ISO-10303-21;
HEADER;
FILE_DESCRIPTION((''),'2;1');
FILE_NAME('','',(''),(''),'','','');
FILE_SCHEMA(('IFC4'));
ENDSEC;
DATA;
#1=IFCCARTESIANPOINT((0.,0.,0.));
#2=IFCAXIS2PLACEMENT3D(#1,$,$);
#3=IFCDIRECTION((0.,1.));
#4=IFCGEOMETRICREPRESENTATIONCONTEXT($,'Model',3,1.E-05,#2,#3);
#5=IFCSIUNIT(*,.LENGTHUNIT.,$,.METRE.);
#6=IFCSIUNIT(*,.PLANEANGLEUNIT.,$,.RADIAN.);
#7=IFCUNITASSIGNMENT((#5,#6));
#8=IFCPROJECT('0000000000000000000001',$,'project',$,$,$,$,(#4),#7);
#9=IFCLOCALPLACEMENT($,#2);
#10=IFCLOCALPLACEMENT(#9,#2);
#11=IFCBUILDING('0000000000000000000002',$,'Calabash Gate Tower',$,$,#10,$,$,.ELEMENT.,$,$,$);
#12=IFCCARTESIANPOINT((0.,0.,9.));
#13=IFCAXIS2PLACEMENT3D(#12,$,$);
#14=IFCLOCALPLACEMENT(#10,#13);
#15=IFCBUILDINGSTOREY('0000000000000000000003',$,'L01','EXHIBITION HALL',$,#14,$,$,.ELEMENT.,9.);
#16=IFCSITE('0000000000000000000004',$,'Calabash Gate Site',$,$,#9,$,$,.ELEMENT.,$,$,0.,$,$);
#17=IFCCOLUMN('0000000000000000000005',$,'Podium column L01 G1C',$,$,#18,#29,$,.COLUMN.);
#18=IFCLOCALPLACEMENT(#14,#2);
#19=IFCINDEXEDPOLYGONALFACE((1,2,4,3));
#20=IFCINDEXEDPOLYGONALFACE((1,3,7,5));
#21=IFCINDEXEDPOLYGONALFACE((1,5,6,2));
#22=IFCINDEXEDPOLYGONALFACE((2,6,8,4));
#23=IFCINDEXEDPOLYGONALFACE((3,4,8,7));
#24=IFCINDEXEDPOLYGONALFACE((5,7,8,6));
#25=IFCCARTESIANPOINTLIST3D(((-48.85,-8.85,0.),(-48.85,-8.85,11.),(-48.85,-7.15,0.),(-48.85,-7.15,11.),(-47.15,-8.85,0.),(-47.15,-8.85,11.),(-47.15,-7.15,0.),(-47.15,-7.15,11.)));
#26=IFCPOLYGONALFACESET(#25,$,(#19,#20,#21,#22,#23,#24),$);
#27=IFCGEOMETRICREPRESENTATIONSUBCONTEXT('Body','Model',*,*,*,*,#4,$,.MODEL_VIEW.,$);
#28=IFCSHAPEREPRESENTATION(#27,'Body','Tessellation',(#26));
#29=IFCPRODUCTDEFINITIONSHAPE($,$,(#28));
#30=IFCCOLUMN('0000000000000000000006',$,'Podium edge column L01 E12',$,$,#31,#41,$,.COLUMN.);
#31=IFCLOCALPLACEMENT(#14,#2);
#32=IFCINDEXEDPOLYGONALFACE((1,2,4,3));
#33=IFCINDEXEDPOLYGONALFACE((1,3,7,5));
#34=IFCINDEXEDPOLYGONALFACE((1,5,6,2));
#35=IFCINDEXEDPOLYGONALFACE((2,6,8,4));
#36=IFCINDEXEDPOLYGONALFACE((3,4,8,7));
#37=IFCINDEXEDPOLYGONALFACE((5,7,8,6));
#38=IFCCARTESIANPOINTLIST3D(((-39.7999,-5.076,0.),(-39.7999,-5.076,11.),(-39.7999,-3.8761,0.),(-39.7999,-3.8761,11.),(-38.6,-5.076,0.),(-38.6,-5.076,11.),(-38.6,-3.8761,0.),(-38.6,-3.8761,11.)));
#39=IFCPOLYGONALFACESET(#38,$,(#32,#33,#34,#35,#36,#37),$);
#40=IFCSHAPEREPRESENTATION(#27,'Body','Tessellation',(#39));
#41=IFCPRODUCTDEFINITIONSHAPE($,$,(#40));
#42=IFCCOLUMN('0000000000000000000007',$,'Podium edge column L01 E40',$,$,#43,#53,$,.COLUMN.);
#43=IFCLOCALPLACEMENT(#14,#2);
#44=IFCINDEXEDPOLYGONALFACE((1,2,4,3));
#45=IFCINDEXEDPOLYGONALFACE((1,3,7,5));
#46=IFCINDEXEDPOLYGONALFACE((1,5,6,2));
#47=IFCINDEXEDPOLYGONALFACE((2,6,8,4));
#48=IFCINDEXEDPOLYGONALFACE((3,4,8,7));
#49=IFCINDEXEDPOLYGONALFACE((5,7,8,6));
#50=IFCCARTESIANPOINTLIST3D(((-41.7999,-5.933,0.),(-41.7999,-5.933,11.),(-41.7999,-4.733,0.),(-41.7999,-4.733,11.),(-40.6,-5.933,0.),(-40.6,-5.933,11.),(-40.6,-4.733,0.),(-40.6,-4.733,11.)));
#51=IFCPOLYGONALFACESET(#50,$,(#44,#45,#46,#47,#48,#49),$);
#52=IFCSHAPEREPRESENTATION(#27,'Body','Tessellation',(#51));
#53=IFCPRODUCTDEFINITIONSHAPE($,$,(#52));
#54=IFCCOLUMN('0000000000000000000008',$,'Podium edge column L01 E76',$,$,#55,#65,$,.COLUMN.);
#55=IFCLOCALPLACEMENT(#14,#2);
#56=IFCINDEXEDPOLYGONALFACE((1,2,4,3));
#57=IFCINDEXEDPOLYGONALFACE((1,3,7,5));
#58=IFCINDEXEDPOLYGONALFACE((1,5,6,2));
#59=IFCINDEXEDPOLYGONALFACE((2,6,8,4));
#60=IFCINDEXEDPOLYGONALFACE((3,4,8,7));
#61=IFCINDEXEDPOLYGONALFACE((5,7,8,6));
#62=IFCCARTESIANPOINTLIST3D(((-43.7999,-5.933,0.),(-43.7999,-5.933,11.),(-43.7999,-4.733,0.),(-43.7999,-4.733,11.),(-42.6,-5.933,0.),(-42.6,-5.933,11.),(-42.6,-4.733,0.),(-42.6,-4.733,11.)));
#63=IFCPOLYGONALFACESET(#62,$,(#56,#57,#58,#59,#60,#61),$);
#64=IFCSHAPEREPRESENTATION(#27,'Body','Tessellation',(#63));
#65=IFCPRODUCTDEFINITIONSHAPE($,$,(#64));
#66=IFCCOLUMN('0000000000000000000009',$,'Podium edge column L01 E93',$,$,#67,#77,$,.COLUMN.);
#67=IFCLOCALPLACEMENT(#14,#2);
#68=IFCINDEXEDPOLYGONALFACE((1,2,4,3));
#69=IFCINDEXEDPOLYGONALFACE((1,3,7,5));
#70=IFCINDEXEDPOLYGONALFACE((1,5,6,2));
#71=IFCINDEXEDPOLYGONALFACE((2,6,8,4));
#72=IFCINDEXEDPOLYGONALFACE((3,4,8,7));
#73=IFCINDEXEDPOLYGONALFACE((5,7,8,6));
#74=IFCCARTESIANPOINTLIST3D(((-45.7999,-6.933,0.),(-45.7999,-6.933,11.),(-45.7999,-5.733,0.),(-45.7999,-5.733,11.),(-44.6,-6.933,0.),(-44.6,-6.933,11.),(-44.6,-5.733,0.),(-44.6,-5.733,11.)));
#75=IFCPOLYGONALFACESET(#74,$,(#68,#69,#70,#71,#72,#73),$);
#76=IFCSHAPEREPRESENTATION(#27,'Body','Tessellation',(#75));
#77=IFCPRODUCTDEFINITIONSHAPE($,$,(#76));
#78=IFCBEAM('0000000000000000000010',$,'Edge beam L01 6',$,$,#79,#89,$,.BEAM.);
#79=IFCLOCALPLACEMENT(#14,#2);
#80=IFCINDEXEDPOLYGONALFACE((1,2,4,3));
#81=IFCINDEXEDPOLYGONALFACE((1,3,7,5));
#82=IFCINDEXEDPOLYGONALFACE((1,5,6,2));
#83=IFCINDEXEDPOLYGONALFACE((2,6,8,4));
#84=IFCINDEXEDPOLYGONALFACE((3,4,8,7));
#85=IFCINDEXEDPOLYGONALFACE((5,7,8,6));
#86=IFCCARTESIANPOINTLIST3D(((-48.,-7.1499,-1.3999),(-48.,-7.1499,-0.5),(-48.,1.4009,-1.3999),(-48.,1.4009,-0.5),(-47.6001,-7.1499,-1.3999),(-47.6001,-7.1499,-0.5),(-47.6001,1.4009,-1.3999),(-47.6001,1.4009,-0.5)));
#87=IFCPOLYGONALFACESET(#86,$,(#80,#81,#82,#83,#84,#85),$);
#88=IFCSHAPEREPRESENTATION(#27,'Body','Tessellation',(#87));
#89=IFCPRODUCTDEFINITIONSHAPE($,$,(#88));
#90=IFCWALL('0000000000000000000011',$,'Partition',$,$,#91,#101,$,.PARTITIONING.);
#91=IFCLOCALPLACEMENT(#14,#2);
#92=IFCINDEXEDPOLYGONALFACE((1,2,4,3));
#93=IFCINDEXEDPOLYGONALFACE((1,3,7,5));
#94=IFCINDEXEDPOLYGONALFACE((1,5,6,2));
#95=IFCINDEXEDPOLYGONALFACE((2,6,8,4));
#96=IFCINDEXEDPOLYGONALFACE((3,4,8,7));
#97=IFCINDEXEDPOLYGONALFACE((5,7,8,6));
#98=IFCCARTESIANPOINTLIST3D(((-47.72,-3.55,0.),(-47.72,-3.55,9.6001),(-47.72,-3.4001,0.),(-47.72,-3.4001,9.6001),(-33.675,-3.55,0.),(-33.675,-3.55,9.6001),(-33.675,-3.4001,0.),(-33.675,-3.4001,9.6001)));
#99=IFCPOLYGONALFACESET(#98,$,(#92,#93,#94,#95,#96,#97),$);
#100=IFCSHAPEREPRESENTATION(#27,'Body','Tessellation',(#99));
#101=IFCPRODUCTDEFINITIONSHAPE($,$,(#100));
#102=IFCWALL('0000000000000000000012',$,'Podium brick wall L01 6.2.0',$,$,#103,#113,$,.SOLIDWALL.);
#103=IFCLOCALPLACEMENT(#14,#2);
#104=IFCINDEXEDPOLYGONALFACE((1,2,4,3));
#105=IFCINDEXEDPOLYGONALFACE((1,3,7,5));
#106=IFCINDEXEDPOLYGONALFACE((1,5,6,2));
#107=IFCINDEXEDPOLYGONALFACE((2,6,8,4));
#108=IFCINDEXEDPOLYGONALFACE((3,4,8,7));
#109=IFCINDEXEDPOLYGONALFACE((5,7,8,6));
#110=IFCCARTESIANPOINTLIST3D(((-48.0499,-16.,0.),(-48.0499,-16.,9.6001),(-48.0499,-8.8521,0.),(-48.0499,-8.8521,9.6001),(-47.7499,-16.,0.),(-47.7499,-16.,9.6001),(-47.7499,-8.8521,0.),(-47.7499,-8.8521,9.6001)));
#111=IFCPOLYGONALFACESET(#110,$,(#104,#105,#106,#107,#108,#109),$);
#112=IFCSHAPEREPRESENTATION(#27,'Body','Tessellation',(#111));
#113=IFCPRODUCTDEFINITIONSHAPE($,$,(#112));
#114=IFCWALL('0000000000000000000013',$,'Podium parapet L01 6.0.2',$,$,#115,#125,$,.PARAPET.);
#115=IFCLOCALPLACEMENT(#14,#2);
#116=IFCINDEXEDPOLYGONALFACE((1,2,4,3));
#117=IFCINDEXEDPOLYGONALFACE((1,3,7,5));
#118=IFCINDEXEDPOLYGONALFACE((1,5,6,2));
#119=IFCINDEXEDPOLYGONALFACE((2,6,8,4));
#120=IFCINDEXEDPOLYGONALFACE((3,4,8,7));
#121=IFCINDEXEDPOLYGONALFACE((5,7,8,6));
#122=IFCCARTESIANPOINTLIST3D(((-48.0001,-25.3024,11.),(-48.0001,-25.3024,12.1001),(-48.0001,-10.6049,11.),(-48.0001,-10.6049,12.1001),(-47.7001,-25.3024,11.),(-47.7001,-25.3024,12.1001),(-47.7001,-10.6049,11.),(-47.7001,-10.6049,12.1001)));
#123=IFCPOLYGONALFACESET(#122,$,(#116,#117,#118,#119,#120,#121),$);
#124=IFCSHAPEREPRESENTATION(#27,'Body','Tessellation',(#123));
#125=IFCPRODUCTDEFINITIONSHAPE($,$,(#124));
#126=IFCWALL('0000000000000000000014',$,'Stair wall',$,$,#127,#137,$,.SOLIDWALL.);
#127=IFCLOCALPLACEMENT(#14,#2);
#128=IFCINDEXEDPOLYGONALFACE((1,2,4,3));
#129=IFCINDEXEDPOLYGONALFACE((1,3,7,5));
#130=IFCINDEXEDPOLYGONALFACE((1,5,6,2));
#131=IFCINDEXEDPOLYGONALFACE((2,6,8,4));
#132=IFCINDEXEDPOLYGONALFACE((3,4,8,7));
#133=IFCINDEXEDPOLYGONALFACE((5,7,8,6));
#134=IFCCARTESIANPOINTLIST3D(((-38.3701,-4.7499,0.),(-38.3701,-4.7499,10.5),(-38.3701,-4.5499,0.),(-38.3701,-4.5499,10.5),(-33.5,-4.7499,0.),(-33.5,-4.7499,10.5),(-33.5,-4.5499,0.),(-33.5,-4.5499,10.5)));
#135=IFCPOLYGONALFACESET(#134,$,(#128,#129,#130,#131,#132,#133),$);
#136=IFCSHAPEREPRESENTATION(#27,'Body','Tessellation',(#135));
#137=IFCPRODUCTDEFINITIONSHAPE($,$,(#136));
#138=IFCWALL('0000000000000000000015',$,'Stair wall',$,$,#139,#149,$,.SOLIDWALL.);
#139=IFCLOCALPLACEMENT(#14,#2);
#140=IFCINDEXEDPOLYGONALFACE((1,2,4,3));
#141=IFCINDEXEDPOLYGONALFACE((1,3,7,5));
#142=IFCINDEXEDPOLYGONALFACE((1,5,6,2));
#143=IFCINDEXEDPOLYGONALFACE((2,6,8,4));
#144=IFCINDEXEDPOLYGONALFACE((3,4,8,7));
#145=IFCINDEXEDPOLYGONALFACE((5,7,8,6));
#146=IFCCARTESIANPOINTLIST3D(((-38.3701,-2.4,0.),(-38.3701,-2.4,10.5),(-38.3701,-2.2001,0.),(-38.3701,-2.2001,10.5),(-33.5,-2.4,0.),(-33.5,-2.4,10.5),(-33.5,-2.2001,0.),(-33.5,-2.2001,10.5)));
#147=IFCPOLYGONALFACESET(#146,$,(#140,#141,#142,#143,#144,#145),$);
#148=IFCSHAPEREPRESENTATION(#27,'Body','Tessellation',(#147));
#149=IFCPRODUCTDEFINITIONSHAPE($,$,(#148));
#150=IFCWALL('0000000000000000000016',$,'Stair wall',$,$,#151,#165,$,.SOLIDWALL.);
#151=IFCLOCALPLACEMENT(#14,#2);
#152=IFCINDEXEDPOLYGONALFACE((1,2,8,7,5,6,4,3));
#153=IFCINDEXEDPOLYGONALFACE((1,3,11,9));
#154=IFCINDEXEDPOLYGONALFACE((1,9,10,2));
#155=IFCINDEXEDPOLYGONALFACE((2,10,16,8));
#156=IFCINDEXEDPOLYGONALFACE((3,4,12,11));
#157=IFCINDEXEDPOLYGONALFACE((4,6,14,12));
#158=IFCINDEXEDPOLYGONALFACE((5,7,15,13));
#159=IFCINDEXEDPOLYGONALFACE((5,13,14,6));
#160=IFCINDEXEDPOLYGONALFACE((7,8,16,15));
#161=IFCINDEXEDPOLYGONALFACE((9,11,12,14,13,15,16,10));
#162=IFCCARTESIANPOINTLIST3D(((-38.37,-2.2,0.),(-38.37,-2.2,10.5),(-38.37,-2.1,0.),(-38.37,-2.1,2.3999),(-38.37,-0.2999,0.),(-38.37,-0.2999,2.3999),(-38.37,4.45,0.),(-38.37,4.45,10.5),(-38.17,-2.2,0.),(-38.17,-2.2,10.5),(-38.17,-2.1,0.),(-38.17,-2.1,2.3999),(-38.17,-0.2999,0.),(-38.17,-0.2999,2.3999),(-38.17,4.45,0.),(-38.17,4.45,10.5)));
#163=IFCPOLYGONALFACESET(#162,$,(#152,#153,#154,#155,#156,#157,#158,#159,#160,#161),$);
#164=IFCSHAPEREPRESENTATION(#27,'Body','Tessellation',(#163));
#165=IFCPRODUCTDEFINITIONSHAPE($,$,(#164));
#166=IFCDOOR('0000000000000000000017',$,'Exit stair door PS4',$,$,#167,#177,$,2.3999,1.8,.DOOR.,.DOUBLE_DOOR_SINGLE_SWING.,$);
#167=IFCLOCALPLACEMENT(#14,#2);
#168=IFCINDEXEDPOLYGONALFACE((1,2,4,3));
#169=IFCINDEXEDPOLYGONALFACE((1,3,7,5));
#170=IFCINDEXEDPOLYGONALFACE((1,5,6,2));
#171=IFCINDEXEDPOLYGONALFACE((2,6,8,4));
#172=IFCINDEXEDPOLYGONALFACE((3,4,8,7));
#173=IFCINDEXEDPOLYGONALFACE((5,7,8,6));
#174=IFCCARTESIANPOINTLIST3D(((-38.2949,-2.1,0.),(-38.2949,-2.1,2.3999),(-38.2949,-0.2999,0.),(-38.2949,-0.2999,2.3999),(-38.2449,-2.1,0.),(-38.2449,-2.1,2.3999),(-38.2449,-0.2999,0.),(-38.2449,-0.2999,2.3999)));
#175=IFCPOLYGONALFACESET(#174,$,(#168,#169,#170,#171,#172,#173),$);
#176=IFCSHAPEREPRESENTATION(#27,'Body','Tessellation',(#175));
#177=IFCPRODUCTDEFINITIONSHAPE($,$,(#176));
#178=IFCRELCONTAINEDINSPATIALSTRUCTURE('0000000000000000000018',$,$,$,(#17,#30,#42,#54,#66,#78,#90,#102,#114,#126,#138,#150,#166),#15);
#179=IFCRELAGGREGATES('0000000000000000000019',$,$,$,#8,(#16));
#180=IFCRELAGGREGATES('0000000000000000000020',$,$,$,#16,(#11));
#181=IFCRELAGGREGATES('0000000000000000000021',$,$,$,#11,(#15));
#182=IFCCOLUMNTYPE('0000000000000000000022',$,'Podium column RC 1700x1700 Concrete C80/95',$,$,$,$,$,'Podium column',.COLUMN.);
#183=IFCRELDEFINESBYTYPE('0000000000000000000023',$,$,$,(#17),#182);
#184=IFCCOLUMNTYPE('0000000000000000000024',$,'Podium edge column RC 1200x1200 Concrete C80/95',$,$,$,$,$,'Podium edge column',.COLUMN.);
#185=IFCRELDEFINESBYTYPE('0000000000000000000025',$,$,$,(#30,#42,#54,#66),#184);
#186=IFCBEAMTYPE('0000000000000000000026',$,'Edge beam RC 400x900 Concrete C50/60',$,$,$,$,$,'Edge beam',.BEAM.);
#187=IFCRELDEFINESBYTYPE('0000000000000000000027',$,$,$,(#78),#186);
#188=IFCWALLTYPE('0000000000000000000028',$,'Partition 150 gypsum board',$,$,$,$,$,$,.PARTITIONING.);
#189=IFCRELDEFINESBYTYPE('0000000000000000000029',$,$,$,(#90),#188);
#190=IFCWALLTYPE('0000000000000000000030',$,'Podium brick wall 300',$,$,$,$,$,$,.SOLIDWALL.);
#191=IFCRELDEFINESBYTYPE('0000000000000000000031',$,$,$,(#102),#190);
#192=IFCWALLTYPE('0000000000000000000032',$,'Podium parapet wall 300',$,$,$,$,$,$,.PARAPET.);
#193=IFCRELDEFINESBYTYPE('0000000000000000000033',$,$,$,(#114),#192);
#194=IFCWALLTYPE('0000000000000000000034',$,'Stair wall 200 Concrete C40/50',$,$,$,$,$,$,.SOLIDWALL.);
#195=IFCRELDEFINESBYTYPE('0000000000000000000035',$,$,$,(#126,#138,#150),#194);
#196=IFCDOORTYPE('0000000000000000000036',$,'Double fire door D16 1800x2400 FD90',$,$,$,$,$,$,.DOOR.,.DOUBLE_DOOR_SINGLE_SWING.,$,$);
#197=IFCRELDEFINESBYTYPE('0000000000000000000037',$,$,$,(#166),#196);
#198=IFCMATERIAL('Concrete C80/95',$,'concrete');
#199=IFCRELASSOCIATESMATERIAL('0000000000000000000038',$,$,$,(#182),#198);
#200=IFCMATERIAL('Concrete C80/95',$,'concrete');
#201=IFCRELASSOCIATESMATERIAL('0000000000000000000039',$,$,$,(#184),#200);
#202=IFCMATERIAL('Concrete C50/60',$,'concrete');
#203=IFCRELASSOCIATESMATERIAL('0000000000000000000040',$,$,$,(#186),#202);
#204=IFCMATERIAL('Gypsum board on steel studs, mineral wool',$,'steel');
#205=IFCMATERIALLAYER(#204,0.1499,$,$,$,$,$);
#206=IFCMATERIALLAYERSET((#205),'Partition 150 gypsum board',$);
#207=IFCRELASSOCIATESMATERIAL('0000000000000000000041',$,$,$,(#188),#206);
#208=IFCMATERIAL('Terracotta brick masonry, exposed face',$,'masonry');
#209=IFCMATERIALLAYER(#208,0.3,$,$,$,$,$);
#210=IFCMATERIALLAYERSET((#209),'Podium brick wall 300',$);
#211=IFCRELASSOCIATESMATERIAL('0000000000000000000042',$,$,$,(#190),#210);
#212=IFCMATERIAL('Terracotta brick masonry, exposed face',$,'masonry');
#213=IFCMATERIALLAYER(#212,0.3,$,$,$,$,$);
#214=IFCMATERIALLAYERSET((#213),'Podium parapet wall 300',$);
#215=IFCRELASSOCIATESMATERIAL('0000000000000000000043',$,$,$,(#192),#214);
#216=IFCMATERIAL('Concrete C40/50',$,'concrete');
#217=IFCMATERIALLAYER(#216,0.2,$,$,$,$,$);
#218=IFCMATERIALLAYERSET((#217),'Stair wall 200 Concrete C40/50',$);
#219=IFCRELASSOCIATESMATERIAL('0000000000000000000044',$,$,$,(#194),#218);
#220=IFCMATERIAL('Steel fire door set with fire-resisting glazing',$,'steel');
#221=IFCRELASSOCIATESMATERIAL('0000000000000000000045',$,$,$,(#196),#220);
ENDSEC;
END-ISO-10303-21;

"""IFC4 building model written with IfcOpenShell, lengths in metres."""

from ifc_helpers import new_model, si_unit, direction, frame, frame_2d, origin, origin_2d, place, context, subcontext, project, spatial, rectangle, extrude, material, layer, layer_set, material_profile, profile_set, type_object, element, fill, save


model = new_model("IFC4")

# Units and contexts
model_context = context("Model", 3, precision=1e-05, world=origin(), true_north=direction((0.0, 1.0)))
body_context = subcontext(model_context, "Body", "Model", "MODEL_VIEW")
ifc_project = project(units=[si_unit("LENGTHUNIT", "METRE"), si_unit("PLANEANGLEUNIT", "RADIAN")], contexts=[model_context])

# Site, building, storey
site_placement = place(None, origin())
site = spatial("IfcSite", under=ifc_project, at=site_placement, Name="Calabash Gate Site", CompositionType="ELEMENT", RefElevation=0.0)
building_placement = place(site_placement, origin())
building = spatial("IfcBuilding", under=site, at=building_placement, Name="Calabash Gate Tower", CompositionType="ELEMENT")
storey_placement = place(building_placement, frame((0.0, 0.0, 9.0)))
storey = spatial("IfcBuildingStorey", under=building, at=storey_placement, Name="L01", Description="EXHIBITION HALL", CompositionType="ELEMENT", Elevation=9.0)

# Columns
ifc_material_1 = material(Name="Concrete C80/95", Category="concrete")
ifc_material_profile_1 = material_profile(ifc_material_1, rectangle(XDim=1.7, YDim=1.7, at=origin_2d()))
ifc_profile_set_1 = profile_set([ifc_material_profile_1], Name="Concrete C80/95")
column_type_1 = type_object("IfcColumnType", Name="Podium column RC 1700x1700 Concrete C80/95", ElementType="Podium column", PredefinedType="COLUMN", material=ifc_profile_set_1)
column_placement = place(storey_placement, frame((-48.0, -8.0, 0.0), z_axis=(0.0, 0.0, 1.0), x_axis=(1.0, 0.0, 0.0)))
element("IfcColumn", 1, at=column_placement, inside=storey, type_object=column_type_1, Name="Podium column L01 G1C", PredefinedType="COLUMN", context=body_context, shape_type="SweptSolid", body=[
    extrude(rectangle(XDim=1.7, YDim=1.7, at=origin_2d()), origin(), (0.0, 0.0, 1.0), 11.0),
])
ifc_material_2 = material(Name="Concrete C80/95", Category="concrete")
ifc_material_profile_2 = material_profile(ifc_material_2, rectangle(XDim=1.2, YDim=1.2, at=origin_2d()))
ifc_profile_set_2 = profile_set([ifc_material_profile_2], Name="Concrete C80/95")
column_type_2 = type_object("IfcColumnType", Name="Podium edge column RC 1200x1200 Concrete C80/95", ElementType="Podium edge column", PredefinedType="COLUMN", material=ifc_profile_set_2)
for number, where, z_axis, x_axis, name in (
    (2, (-39.2, -4.4761, 0.0), (0.0, 0.0, 1.0), (1.0, 0.0, 0.0), "Podium edge column L01 E12"),
    (3, (-41.2, -5.333, 0.0), (0.0, 0.0, 1.0), (1.0, 0.0, 0.0), "Podium edge column L01 E40"),
    (4, (-43.2, -5.333, 0.0), (0.0, 0.0, 1.0), (1.0, 0.0, 0.0), "Podium edge column L01 E76"),
    (5, (-45.2, -6.333, 0.0), (0.0, 0.0, 1.0), (1.0, 0.0, 0.0), "Podium edge column L01 E93"),
):
    element("IfcColumn", number, at=place(storey_placement, frame(where, z_axis=z_axis, x_axis=x_axis)), inside=storey, type_object=column_type_2, Name=name, PredefinedType="COLUMN", context=body_context, shape_type="SweptSolid", body=[
        extrude(rectangle(XDim=1.2, YDim=1.2, at=origin_2d()), origin(), (0.0, 0.0, 1.0), 11.0),
    ])

# Beam
ifc_material_3 = material(Name="Concrete C50/60", Category="concrete")
ifc_material_profile_3 = material_profile(ifc_material_3, rectangle(XDim=0.3999, YDim=0.8999, at=origin_2d()))
ifc_profile_set_3 = profile_set([ifc_material_profile_3], Name="Concrete C50/60")
beam_type = type_object("IfcBeamType", Name="Edge beam RC 400x900 Concrete C50/60", ElementType="Edge beam", PredefinedType="BEAM", material=ifc_profile_set_3)
beam_placement = place(storey_placement, frame((-47.8, -7.1499, -0.95), z_axis=(0.0, 1.0, 0.0), x_axis=(-1.0, 0.0, 0.0)))
element("IfcBeam", 6, at=beam_placement, inside=storey, type_object=beam_type, Name="Edge beam L01 6", PredefinedType="BEAM", context=body_context, shape_type="SweptSolid", body=[
    extrude(rectangle(XDim=0.3999, YDim=0.8999, at=origin_2d()), origin(), (0.0, 0.0, 1.0), 8.5508),
])

# Walls
ifc_material_4 = material(Name="Gypsum board on steel studs, mineral wool", Category="steel")
ifc_layer_1 = layer(ifc_material_4, 0.1499)
ifc_layer_set_1 = layer_set([ifc_layer_1], Name="Partition 150 gypsum board")
wall_type_1 = type_object("IfcWallType", Name="Partition 150 gypsum board", PredefinedType="PARTITIONING", material=ifc_layer_set_1)
wall_1_placement = place(storey_placement, frame((-47.72, -3.4751, 0.0), z_axis=(0.0, 0.0, 1.0), x_axis=(1.0, 0.0, 0.0)))
element("IfcWall", 7, at=wall_1_placement, inside=storey, type_object=wall_type_1, Name="Partition", PredefinedType="PARTITIONING", context=body_context, shape_type="SweptSolid", body=[
    extrude(rectangle(XDim=14.0449, YDim=0.1499, at=frame_2d((7.0225, 0.0))), origin(), (0.0, 0.0, 1.0), 9.6001),
])
ifc_material_5 = material(Name="Terracotta brick masonry, exposed face", Category="masonry")
ifc_layer_2 = layer(ifc_material_5, 0.3)
ifc_layer_set_2 = layer_set([ifc_layer_2], Name="Podium brick wall 300")
wall_type_2 = type_object("IfcWallType", Name="Podium brick wall 300", PredefinedType="SOLIDWALL", material=ifc_layer_set_2)
wall_2_placement = place(storey_placement, frame((-47.8999, -8.8521, 0.0), z_axis=(0.0, 0.0, 1.0), x_axis=(0.0, -1.0, 0.0)))
element("IfcWall", 8, at=wall_2_placement, inside=storey, type_object=wall_type_2, Name="Podium brick wall L01 6.2.0", PredefinedType="SOLIDWALL", context=body_context, shape_type="SweptSolid", body=[
    extrude(rectangle(XDim=7.1479, YDim=0.3, at=frame_2d((3.574, 0.0))), origin(), (0.0, 0.0, 1.0), 9.6001),
])
ifc_material_6 = material(Name="Terracotta brick masonry, exposed face", Category="masonry")
ifc_layer_3 = layer(ifc_material_6, 0.3)
ifc_layer_set_3 = layer_set([ifc_layer_3], Name="Podium parapet wall 300")
wall_type_3 = type_object("IfcWallType", Name="Podium parapet wall 300", PredefinedType="PARAPET", material=ifc_layer_set_3)
wall_3_placement = place(storey_placement, frame((-47.8501, -10.605, 11.0), z_axis=(0.0, 0.0, 1.0), x_axis=(0.0, -1.0, 0.0)))
element("IfcWall", 9, at=wall_3_placement, inside=storey, type_object=wall_type_3, Name="Podium parapet L01 6.0.2", PredefinedType="PARAPET", context=body_context, shape_type="SweptSolid", body=[
    extrude(rectangle(XDim=14.6975, YDim=0.3, at=frame_2d((7.3486, 0.0))), origin(), (0.0, 0.0, 1.0), 1.1001),
])
ifc_material_7 = material(Name="Concrete C40/50", Category="concrete")
ifc_layer_4 = layer(ifc_material_7, 0.2)
ifc_layer_set_4 = layer_set([ifc_layer_4], Name="Stair wall 200 Concrete C40/50")
wall_type_4 = type_object("IfcWallType", Name="Stair wall 200 Concrete C40/50", PredefinedType="SOLIDWALL", material=ifc_layer_set_4)
for number, where, z_axis, x_axis, name in (
    (10, (-38.3701, -4.6499, 0.0), (0.0, 0.0, 1.0), (1.0, 0.0, 0.0), "Stair wall"),
    (11, (-38.3701, -2.3, 0.0), (0.0, 0.0, 1.0), (1.0, 0.0, 0.0), "Stair wall"),
):
    element("IfcWall", number, at=place(storey_placement, frame(where, z_axis=z_axis, x_axis=x_axis)), inside=storey, type_object=wall_type_4, Name=name, PredefinedType="SOLIDWALL", context=body_context, shape_type="SweptSolid", body=[
        extrude(rectangle(XDim=4.8701, YDim=0.2, at=frame_2d((2.4351, 0.0))), origin(), (0.0, 0.0, 1.0), 10.5),
    ])

# Wall, opening, door
wall_4_placement = place(storey_placement, frame((-38.27, -2.2, 0.0), z_axis=(0.0, 0.0, 1.0), x_axis=(0.0, 1.0, 0.0)))
wall_4 = element("IfcWall", 12, at=wall_4_placement, inside=storey, type_object=wall_type_4, Name="Stair wall", PredefinedType="SOLIDWALL", context=body_context, shape_type="SweptSolid", body=[
    extrude(rectangle(XDim=6.6499, YDim=0.2, at=frame_2d((3.325, 0.0))), origin(), (0.0, 0.0, 1.0), 10.5),
])
opening_placement = place(wall_4_placement, frame((0.1001, 0.0, 0.0)))
opening = element("IfcOpeningElement", 13, at=opening_placement, cuts=wall_4, PredefinedType="OPENING", context=body_context, shape_type="SweptSolid", body=[
    extrude(rectangle(XDim=1.8, YDim=2.3999, at=frame_2d((0.8999, 1.2))), frame((0.0, 0.1099, 0.0), z_axis=(0.0, -1.0, 0.0), x_axis=(1.0, 0.0, 0.0)), (0.0, 0.0, 1.0), 0.22),
])
ifc_material_8 = material(Name="Steel fire door set with fire-resisting glazing", Category="steel")
door_type = type_object("IfcDoorType", Name="Double fire door D16 1800x2400 FD90", OperationType="DOUBLE_DOOR_SINGLE_SWING", PredefinedType="DOOR", material=ifc_material_8)
door_placement = place(opening_placement, origin())
door = element("IfcDoor", 14, at=door_placement, inside=storey, type_object=door_type, Name="Exit stair door PS4", OperationType="DOUBLE_DOOR_SINGLE_SWING", OverallHeight=2.3999, OverallWidth=1.8, PredefinedType="DOOR", context=body_context, shape_type="SweptSolid", body=[
    extrude(rectangle(XDim=1.8, YDim=2.3999, at=frame_2d((0.8999, 1.2))), frame((0.0, 0.0249, 0.0), z_axis=(0.0, -1.0, 0.0), x_axis=(1.0, 0.0, 0.0)), (0.0, 0.0, 1.0), 0.05),
])
fill(opening, door)

save(model, "model.ifc")
